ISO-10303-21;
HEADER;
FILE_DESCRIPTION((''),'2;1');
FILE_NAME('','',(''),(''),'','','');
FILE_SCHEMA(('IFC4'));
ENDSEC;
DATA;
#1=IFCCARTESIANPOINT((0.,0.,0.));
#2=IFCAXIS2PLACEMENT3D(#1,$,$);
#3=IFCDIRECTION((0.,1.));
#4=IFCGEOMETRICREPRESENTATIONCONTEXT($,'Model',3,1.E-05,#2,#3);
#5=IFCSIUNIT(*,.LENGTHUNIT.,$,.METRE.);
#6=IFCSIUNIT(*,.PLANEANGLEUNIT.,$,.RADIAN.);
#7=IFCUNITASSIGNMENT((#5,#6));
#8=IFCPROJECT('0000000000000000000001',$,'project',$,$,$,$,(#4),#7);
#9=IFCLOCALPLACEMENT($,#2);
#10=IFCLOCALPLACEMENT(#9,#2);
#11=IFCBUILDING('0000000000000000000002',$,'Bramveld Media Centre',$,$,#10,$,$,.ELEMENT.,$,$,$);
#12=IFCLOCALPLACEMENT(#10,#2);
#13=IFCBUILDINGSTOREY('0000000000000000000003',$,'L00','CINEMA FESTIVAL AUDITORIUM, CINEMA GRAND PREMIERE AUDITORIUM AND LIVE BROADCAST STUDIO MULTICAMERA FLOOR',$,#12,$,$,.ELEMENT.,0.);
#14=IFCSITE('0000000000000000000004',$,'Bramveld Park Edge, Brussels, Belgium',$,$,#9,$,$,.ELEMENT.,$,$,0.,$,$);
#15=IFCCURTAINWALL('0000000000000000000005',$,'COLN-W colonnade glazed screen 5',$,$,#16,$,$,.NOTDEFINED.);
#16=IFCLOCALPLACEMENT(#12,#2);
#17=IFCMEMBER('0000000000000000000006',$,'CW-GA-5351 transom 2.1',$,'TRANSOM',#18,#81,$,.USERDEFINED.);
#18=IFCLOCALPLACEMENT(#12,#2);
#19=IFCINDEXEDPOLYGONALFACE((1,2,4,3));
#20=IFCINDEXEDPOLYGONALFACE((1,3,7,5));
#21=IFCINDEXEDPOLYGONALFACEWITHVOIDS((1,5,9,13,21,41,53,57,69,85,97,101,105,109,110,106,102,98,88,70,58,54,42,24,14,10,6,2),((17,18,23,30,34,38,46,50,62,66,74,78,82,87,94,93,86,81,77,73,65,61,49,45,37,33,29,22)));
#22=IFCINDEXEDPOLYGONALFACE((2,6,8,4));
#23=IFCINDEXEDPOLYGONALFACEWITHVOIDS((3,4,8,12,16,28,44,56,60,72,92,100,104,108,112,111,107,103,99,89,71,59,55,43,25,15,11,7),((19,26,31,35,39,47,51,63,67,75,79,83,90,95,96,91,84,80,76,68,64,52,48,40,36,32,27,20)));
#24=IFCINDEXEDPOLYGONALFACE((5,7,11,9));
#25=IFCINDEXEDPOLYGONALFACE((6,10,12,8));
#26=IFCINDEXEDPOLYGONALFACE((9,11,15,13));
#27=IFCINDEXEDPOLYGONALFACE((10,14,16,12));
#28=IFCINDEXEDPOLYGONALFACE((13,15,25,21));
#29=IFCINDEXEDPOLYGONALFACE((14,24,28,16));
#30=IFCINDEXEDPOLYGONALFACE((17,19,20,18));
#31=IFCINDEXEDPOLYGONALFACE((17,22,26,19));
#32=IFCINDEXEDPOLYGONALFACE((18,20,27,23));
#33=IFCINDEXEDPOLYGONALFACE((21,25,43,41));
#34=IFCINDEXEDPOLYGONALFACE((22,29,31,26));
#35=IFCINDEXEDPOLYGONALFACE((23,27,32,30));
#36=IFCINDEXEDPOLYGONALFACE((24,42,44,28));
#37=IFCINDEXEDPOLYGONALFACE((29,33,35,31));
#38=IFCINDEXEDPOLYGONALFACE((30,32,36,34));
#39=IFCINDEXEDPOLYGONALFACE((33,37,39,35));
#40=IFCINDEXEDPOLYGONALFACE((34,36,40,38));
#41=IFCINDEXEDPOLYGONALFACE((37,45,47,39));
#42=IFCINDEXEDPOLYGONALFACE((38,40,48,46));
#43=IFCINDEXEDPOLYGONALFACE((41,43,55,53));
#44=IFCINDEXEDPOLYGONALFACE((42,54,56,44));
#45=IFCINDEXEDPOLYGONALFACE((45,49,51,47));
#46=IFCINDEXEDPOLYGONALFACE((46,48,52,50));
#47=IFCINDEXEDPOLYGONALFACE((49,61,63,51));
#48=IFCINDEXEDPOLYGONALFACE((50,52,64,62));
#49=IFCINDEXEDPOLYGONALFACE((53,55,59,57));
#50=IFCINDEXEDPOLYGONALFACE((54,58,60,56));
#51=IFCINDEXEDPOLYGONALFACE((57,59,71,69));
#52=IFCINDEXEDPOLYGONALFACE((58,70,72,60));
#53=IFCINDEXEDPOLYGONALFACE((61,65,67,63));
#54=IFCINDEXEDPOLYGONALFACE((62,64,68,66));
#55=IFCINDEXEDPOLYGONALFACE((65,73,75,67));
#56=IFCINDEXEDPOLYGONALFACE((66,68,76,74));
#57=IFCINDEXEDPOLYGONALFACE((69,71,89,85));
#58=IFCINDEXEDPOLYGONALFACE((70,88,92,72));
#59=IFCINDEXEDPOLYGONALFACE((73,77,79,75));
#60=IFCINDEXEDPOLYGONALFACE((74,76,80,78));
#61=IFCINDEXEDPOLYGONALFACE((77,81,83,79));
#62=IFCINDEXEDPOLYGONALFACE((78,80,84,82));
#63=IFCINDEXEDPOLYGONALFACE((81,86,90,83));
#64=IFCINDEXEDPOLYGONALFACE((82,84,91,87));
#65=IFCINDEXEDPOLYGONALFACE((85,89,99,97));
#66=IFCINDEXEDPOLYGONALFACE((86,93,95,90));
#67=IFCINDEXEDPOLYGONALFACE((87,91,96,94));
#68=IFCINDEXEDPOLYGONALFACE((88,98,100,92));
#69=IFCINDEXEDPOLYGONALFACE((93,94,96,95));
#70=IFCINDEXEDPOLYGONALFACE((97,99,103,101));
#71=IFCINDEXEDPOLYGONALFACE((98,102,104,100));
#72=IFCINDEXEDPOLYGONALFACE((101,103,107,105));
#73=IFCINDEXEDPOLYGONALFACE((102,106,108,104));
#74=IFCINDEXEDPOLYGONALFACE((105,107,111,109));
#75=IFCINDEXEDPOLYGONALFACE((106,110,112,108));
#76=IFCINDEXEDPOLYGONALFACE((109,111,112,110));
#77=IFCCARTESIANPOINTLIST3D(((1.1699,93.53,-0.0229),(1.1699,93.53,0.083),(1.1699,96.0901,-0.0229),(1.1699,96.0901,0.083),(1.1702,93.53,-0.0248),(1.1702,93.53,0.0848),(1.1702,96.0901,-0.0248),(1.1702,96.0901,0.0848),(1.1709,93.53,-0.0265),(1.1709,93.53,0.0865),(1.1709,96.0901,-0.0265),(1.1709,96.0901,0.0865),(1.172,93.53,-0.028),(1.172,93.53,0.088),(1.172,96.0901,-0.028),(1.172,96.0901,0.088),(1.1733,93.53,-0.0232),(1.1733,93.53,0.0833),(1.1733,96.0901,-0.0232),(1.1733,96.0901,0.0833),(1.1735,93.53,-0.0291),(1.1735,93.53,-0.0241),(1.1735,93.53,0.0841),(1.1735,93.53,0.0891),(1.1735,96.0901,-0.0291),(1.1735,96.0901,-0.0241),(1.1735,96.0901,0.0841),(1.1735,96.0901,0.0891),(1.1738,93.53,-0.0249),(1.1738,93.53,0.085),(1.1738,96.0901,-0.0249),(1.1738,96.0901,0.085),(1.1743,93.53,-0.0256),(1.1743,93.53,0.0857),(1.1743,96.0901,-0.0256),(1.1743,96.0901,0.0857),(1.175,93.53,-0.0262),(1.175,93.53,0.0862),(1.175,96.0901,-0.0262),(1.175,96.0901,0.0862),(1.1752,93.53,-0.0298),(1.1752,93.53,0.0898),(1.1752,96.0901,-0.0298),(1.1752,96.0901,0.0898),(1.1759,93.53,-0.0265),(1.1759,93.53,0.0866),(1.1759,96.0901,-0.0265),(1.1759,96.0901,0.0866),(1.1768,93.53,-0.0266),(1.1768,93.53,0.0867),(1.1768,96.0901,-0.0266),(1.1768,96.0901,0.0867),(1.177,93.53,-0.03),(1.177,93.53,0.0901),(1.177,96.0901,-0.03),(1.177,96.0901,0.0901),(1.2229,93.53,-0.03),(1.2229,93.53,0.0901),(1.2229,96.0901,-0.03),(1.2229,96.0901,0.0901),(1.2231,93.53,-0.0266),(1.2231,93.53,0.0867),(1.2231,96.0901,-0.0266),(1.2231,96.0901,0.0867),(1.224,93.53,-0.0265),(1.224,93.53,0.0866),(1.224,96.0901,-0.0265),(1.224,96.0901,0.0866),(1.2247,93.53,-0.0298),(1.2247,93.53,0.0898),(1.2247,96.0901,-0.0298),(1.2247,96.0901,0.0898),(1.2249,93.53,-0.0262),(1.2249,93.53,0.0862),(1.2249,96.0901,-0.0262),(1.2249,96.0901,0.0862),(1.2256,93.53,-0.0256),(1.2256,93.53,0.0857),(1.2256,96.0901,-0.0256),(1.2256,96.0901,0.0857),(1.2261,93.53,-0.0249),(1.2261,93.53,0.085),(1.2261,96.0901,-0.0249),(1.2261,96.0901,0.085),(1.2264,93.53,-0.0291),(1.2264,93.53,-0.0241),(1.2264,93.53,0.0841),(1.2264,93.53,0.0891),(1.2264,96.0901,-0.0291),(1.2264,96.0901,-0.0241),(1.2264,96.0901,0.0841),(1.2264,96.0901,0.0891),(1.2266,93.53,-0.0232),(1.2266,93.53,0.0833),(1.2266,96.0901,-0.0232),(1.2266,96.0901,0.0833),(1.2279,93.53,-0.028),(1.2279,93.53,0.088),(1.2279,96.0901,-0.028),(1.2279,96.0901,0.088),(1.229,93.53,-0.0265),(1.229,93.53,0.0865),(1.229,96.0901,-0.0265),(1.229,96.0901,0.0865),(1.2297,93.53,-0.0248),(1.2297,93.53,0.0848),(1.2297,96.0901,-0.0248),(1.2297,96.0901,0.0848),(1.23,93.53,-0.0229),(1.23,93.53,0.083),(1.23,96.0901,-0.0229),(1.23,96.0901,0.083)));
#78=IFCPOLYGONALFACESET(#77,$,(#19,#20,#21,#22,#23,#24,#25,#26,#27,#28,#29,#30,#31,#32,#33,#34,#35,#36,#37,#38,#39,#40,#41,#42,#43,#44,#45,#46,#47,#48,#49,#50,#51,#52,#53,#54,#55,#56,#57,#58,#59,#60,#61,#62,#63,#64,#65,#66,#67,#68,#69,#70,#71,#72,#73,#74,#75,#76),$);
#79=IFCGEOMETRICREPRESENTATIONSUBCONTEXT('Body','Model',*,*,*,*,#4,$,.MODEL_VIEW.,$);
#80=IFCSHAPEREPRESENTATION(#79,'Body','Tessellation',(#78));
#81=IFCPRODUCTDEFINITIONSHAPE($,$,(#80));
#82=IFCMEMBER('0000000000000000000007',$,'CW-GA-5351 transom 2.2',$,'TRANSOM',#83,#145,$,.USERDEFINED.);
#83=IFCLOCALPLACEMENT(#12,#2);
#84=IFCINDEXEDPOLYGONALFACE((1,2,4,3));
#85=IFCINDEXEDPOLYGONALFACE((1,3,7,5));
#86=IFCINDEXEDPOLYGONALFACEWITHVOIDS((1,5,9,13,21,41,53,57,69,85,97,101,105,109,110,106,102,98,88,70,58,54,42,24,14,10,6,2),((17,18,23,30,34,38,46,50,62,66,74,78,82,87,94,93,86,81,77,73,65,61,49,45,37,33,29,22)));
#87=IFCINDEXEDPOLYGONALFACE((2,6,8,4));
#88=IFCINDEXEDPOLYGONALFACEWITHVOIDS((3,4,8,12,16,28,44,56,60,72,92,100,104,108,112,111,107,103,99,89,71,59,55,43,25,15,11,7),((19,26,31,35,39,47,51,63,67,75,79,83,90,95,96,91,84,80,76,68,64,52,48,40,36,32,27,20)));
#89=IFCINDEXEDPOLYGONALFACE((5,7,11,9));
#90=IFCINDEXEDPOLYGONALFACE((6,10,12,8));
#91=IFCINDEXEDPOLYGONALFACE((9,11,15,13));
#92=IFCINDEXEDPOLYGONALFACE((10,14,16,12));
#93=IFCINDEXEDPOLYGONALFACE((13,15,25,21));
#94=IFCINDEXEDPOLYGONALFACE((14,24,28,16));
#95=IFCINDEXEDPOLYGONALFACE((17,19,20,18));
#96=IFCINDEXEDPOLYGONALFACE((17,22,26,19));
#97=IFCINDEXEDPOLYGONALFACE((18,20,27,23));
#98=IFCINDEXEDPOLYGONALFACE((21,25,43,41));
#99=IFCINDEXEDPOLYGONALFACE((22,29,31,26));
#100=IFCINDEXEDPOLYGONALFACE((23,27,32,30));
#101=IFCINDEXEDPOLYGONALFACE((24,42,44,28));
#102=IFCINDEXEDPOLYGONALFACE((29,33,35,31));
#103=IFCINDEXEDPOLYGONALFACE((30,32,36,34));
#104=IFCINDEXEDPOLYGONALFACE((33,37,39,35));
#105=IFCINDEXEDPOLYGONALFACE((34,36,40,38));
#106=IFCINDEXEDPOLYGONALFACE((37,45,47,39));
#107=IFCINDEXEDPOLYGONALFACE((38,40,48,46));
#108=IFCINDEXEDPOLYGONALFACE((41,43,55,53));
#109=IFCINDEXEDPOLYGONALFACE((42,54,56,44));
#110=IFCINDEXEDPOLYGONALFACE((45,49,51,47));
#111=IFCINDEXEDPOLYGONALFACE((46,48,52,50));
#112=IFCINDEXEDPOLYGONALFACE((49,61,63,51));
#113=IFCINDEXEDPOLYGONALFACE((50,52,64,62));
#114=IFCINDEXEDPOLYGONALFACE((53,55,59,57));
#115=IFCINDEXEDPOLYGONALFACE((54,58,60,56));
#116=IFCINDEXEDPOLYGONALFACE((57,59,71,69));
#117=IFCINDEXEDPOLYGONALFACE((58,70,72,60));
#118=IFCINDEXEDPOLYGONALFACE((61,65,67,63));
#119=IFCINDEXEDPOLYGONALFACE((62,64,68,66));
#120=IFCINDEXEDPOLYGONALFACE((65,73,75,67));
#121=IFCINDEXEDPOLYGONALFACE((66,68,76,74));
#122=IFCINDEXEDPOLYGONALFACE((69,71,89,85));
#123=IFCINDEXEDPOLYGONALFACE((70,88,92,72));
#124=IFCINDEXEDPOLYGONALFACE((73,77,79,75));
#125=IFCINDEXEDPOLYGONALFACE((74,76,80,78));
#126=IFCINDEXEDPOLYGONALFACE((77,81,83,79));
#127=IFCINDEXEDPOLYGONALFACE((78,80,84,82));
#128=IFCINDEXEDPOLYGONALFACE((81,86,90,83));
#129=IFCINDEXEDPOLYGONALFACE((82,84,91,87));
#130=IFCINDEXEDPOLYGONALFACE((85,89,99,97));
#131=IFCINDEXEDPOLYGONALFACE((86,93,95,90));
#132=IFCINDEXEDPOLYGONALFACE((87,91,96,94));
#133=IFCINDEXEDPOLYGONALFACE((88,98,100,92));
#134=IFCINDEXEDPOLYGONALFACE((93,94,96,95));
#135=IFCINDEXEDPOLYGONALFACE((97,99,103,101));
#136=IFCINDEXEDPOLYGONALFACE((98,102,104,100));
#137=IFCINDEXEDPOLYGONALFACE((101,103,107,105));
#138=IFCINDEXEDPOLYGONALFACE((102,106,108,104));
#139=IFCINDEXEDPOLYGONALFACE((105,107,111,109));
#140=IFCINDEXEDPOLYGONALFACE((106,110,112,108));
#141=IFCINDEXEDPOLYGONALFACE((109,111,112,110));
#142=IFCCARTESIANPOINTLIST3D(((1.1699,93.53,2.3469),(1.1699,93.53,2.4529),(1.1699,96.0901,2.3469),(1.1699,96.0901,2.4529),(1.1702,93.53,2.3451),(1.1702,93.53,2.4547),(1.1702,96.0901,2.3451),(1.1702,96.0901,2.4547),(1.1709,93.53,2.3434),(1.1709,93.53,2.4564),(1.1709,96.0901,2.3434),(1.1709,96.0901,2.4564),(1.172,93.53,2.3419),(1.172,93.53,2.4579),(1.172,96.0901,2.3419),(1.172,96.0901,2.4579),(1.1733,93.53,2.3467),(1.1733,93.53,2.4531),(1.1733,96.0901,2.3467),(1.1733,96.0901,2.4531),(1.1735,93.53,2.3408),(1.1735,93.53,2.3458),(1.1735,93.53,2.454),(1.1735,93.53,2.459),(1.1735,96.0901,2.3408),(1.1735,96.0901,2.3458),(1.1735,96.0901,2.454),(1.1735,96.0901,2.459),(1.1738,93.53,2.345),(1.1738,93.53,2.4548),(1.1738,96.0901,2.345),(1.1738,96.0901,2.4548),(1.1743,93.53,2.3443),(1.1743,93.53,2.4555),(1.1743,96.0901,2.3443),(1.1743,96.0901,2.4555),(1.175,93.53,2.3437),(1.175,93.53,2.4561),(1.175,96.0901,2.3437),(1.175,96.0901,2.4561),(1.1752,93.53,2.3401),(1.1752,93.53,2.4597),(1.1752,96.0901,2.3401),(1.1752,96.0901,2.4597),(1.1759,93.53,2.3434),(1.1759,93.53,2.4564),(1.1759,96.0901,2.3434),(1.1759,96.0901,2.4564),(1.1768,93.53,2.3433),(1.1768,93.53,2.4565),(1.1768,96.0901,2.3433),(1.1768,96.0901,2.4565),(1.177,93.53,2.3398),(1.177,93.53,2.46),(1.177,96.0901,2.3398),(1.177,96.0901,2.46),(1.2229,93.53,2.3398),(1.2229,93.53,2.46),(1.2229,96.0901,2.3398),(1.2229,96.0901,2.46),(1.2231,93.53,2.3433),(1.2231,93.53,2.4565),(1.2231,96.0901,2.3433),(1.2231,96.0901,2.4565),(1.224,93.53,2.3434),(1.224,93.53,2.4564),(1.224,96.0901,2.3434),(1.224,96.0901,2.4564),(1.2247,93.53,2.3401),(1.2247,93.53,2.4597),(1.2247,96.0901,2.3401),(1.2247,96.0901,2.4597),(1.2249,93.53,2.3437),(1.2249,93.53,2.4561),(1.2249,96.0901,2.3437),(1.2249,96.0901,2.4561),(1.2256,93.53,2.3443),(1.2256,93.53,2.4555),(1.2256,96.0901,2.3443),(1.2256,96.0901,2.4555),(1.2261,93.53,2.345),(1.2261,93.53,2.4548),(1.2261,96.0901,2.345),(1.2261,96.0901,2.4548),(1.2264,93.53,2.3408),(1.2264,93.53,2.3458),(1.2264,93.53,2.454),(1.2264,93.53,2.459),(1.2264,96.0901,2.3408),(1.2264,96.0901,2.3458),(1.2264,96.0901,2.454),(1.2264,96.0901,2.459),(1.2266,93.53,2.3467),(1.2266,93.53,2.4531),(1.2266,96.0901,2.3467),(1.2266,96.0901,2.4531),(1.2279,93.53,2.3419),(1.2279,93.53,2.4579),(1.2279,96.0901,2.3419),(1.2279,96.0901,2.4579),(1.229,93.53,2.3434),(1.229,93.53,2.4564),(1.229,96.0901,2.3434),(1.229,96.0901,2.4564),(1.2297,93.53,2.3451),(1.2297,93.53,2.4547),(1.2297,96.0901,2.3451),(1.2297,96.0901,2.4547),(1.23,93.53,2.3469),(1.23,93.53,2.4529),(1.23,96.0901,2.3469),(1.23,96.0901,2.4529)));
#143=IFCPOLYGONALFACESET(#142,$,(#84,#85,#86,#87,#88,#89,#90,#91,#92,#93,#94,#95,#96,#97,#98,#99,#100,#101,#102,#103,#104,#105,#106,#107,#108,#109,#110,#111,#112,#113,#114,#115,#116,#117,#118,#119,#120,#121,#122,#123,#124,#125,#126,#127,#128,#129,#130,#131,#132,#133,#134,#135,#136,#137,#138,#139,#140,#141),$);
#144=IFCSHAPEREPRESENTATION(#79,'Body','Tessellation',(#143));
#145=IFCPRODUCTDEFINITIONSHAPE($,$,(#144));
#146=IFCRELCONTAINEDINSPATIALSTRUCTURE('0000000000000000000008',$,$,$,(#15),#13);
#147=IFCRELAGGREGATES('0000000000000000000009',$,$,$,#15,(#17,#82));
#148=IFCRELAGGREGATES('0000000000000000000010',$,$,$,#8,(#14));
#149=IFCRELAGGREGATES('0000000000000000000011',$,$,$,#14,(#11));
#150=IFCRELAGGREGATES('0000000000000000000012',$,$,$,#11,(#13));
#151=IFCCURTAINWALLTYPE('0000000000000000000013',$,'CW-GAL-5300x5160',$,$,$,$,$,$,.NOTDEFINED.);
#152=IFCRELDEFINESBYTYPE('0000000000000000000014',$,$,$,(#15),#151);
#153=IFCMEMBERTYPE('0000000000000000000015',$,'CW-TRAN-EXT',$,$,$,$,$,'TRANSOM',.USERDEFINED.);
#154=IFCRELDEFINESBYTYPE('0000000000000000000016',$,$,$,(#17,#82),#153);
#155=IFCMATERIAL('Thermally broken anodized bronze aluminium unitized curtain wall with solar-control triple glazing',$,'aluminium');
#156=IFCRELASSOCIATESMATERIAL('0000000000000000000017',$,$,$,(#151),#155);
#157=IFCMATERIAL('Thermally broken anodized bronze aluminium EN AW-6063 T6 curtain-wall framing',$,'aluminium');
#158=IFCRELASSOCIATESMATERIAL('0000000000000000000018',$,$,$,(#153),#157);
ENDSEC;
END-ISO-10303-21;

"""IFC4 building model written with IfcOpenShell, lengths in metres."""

from ifc_helpers import new_model, si_unit, direction, frame, origin, origin_2d, place, context, subcontext, project, spatial, hollow_rectangle, extrude, material, material_profile, profile_set, type_object, element, aggregate, save


model = new_model("IFC4")

# Units and contexts
model_context = context("Model", 3, precision=1e-05, world=origin(), true_north=direction((0.0, 1.0)))
body_context = subcontext(model_context, "Body", "Model", "MODEL_VIEW")
ifc_project = project(units=[si_unit("LENGTHUNIT", "METRE"), si_unit("PLANEANGLEUNIT", "RADIAN")], contexts=[model_context])

# Site, building, storey
site_placement = place(None, origin())
site = spatial("IfcSite", under=ifc_project, at=site_placement, Name="Bramveld Park Edge, Brussels, Belgium", CompositionType="ELEMENT", RefElevation=0.0)
building_placement = place(site_placement, origin())
building = spatial("IfcBuilding", under=site, at=building_placement, Name="Bramveld Media Centre", CompositionType="ELEMENT")
storey_placement = place(building_placement, origin())
storey = spatial("IfcBuildingStorey", under=building, at=storey_placement, Name="L00", Description="CINEMA FESTIVAL AUDITORIUM, CINEMA GRAND PREMIERE AUDITORIUM AND LIVE BROADCAST STUDIO MULTICAMERA FLOOR", CompositionType="ELEMENT", Elevation=0.0)

# Curtain wall
ifc_material_1 = material(Name="Thermally broken anodized bronze aluminium unitized curtain wall with solar-control triple glazing", Category="aluminium")
curtain_wall_type_1 = type_object("IfcCurtainWallType", Name="CW-GAL-5300x5160", PredefinedType="NOTDEFINED", material=ifc_material_1)
curtain_wall_1_placement = place(storey_placement, origin())
curtain_wall_1 = element("IfcCurtainWall", 1, at=curtain_wall_1_placement, inside=storey, type_object=curtain_wall_type_1, Name="COLN-W colonnade glazed screen 5", PredefinedType="NOTDEFINED")

# Members
ifc_material_2 = material(Name="Thermally broken anodized bronze aluminium EN AW-6063 T6 curtain-wall framing", Category="aluminium")
ifc_material_profile_1 = material_profile(ifc_material_2, hollow_rectangle(XDim=0.0601, YDim=0.1201, WallThickness=0.0034, InnerFilletRadius=0.0034, OuterFilletRadius=0.0071, at=origin_2d()), Name="AL-TRAN 60x120")
ifc_profile_set_1 = profile_set([ifc_material_profile_1], Name="Thermally broken anodized bronze aluminium EN AW-6063 T6 curtain-wall framing")
member_type_1 = type_object("IfcMemberType", Name="CW-TRAN-EXT", ElementType="TRANSOM", PredefinedType="USERDEFINED", material=ifc_profile_set_1)
member_1_placement = place(storey_placement, frame((1.2, 93.53, 0.03), z_axis=(0.0, 1.0, 0.0), x_axis=(-1.0, 0.0, 0.0)))
member_1 = element("IfcMember", 2, at=member_1_placement, type_object=member_type_1, Name="CW-GA-5351 transom 2.1", ObjectType="TRANSOM", PredefinedType="USERDEFINED", context=body_context, shape_type="SweptSolid", body=[
    extrude(hollow_rectangle(XDim=0.0601, YDim=0.1201, WallThickness=0.0034, InnerFilletRadius=0.0034, OuterFilletRadius=0.0071, at=origin_2d()), origin(), (0.0, 0.0, 1.0), 2.5601),
])
member_2_placement = place(storey_placement, frame((1.2, 93.53, 2.3999), z_axis=(0.0, 1.0, 0.0), x_axis=(-1.0, 0.0, 0.0)))
member_2 = element("IfcMember", 3, at=member_2_placement, type_object=member_type_1, Name="CW-GA-5351 transom 2.2", ObjectType="TRANSOM", PredefinedType="USERDEFINED", context=body_context, shape_type="SweptSolid", body=[
    extrude(hollow_rectangle(XDim=0.0601, YDim=0.1201, WallThickness=0.0034, InnerFilletRadius=0.0034, OuterFilletRadius=0.0071, at=origin_2d()), origin(), (0.0, 0.0, 1.0), 2.5601),
])

aggregate(curtain_wall_1, [member_1, member_2])

save(model, "model.ifc")
